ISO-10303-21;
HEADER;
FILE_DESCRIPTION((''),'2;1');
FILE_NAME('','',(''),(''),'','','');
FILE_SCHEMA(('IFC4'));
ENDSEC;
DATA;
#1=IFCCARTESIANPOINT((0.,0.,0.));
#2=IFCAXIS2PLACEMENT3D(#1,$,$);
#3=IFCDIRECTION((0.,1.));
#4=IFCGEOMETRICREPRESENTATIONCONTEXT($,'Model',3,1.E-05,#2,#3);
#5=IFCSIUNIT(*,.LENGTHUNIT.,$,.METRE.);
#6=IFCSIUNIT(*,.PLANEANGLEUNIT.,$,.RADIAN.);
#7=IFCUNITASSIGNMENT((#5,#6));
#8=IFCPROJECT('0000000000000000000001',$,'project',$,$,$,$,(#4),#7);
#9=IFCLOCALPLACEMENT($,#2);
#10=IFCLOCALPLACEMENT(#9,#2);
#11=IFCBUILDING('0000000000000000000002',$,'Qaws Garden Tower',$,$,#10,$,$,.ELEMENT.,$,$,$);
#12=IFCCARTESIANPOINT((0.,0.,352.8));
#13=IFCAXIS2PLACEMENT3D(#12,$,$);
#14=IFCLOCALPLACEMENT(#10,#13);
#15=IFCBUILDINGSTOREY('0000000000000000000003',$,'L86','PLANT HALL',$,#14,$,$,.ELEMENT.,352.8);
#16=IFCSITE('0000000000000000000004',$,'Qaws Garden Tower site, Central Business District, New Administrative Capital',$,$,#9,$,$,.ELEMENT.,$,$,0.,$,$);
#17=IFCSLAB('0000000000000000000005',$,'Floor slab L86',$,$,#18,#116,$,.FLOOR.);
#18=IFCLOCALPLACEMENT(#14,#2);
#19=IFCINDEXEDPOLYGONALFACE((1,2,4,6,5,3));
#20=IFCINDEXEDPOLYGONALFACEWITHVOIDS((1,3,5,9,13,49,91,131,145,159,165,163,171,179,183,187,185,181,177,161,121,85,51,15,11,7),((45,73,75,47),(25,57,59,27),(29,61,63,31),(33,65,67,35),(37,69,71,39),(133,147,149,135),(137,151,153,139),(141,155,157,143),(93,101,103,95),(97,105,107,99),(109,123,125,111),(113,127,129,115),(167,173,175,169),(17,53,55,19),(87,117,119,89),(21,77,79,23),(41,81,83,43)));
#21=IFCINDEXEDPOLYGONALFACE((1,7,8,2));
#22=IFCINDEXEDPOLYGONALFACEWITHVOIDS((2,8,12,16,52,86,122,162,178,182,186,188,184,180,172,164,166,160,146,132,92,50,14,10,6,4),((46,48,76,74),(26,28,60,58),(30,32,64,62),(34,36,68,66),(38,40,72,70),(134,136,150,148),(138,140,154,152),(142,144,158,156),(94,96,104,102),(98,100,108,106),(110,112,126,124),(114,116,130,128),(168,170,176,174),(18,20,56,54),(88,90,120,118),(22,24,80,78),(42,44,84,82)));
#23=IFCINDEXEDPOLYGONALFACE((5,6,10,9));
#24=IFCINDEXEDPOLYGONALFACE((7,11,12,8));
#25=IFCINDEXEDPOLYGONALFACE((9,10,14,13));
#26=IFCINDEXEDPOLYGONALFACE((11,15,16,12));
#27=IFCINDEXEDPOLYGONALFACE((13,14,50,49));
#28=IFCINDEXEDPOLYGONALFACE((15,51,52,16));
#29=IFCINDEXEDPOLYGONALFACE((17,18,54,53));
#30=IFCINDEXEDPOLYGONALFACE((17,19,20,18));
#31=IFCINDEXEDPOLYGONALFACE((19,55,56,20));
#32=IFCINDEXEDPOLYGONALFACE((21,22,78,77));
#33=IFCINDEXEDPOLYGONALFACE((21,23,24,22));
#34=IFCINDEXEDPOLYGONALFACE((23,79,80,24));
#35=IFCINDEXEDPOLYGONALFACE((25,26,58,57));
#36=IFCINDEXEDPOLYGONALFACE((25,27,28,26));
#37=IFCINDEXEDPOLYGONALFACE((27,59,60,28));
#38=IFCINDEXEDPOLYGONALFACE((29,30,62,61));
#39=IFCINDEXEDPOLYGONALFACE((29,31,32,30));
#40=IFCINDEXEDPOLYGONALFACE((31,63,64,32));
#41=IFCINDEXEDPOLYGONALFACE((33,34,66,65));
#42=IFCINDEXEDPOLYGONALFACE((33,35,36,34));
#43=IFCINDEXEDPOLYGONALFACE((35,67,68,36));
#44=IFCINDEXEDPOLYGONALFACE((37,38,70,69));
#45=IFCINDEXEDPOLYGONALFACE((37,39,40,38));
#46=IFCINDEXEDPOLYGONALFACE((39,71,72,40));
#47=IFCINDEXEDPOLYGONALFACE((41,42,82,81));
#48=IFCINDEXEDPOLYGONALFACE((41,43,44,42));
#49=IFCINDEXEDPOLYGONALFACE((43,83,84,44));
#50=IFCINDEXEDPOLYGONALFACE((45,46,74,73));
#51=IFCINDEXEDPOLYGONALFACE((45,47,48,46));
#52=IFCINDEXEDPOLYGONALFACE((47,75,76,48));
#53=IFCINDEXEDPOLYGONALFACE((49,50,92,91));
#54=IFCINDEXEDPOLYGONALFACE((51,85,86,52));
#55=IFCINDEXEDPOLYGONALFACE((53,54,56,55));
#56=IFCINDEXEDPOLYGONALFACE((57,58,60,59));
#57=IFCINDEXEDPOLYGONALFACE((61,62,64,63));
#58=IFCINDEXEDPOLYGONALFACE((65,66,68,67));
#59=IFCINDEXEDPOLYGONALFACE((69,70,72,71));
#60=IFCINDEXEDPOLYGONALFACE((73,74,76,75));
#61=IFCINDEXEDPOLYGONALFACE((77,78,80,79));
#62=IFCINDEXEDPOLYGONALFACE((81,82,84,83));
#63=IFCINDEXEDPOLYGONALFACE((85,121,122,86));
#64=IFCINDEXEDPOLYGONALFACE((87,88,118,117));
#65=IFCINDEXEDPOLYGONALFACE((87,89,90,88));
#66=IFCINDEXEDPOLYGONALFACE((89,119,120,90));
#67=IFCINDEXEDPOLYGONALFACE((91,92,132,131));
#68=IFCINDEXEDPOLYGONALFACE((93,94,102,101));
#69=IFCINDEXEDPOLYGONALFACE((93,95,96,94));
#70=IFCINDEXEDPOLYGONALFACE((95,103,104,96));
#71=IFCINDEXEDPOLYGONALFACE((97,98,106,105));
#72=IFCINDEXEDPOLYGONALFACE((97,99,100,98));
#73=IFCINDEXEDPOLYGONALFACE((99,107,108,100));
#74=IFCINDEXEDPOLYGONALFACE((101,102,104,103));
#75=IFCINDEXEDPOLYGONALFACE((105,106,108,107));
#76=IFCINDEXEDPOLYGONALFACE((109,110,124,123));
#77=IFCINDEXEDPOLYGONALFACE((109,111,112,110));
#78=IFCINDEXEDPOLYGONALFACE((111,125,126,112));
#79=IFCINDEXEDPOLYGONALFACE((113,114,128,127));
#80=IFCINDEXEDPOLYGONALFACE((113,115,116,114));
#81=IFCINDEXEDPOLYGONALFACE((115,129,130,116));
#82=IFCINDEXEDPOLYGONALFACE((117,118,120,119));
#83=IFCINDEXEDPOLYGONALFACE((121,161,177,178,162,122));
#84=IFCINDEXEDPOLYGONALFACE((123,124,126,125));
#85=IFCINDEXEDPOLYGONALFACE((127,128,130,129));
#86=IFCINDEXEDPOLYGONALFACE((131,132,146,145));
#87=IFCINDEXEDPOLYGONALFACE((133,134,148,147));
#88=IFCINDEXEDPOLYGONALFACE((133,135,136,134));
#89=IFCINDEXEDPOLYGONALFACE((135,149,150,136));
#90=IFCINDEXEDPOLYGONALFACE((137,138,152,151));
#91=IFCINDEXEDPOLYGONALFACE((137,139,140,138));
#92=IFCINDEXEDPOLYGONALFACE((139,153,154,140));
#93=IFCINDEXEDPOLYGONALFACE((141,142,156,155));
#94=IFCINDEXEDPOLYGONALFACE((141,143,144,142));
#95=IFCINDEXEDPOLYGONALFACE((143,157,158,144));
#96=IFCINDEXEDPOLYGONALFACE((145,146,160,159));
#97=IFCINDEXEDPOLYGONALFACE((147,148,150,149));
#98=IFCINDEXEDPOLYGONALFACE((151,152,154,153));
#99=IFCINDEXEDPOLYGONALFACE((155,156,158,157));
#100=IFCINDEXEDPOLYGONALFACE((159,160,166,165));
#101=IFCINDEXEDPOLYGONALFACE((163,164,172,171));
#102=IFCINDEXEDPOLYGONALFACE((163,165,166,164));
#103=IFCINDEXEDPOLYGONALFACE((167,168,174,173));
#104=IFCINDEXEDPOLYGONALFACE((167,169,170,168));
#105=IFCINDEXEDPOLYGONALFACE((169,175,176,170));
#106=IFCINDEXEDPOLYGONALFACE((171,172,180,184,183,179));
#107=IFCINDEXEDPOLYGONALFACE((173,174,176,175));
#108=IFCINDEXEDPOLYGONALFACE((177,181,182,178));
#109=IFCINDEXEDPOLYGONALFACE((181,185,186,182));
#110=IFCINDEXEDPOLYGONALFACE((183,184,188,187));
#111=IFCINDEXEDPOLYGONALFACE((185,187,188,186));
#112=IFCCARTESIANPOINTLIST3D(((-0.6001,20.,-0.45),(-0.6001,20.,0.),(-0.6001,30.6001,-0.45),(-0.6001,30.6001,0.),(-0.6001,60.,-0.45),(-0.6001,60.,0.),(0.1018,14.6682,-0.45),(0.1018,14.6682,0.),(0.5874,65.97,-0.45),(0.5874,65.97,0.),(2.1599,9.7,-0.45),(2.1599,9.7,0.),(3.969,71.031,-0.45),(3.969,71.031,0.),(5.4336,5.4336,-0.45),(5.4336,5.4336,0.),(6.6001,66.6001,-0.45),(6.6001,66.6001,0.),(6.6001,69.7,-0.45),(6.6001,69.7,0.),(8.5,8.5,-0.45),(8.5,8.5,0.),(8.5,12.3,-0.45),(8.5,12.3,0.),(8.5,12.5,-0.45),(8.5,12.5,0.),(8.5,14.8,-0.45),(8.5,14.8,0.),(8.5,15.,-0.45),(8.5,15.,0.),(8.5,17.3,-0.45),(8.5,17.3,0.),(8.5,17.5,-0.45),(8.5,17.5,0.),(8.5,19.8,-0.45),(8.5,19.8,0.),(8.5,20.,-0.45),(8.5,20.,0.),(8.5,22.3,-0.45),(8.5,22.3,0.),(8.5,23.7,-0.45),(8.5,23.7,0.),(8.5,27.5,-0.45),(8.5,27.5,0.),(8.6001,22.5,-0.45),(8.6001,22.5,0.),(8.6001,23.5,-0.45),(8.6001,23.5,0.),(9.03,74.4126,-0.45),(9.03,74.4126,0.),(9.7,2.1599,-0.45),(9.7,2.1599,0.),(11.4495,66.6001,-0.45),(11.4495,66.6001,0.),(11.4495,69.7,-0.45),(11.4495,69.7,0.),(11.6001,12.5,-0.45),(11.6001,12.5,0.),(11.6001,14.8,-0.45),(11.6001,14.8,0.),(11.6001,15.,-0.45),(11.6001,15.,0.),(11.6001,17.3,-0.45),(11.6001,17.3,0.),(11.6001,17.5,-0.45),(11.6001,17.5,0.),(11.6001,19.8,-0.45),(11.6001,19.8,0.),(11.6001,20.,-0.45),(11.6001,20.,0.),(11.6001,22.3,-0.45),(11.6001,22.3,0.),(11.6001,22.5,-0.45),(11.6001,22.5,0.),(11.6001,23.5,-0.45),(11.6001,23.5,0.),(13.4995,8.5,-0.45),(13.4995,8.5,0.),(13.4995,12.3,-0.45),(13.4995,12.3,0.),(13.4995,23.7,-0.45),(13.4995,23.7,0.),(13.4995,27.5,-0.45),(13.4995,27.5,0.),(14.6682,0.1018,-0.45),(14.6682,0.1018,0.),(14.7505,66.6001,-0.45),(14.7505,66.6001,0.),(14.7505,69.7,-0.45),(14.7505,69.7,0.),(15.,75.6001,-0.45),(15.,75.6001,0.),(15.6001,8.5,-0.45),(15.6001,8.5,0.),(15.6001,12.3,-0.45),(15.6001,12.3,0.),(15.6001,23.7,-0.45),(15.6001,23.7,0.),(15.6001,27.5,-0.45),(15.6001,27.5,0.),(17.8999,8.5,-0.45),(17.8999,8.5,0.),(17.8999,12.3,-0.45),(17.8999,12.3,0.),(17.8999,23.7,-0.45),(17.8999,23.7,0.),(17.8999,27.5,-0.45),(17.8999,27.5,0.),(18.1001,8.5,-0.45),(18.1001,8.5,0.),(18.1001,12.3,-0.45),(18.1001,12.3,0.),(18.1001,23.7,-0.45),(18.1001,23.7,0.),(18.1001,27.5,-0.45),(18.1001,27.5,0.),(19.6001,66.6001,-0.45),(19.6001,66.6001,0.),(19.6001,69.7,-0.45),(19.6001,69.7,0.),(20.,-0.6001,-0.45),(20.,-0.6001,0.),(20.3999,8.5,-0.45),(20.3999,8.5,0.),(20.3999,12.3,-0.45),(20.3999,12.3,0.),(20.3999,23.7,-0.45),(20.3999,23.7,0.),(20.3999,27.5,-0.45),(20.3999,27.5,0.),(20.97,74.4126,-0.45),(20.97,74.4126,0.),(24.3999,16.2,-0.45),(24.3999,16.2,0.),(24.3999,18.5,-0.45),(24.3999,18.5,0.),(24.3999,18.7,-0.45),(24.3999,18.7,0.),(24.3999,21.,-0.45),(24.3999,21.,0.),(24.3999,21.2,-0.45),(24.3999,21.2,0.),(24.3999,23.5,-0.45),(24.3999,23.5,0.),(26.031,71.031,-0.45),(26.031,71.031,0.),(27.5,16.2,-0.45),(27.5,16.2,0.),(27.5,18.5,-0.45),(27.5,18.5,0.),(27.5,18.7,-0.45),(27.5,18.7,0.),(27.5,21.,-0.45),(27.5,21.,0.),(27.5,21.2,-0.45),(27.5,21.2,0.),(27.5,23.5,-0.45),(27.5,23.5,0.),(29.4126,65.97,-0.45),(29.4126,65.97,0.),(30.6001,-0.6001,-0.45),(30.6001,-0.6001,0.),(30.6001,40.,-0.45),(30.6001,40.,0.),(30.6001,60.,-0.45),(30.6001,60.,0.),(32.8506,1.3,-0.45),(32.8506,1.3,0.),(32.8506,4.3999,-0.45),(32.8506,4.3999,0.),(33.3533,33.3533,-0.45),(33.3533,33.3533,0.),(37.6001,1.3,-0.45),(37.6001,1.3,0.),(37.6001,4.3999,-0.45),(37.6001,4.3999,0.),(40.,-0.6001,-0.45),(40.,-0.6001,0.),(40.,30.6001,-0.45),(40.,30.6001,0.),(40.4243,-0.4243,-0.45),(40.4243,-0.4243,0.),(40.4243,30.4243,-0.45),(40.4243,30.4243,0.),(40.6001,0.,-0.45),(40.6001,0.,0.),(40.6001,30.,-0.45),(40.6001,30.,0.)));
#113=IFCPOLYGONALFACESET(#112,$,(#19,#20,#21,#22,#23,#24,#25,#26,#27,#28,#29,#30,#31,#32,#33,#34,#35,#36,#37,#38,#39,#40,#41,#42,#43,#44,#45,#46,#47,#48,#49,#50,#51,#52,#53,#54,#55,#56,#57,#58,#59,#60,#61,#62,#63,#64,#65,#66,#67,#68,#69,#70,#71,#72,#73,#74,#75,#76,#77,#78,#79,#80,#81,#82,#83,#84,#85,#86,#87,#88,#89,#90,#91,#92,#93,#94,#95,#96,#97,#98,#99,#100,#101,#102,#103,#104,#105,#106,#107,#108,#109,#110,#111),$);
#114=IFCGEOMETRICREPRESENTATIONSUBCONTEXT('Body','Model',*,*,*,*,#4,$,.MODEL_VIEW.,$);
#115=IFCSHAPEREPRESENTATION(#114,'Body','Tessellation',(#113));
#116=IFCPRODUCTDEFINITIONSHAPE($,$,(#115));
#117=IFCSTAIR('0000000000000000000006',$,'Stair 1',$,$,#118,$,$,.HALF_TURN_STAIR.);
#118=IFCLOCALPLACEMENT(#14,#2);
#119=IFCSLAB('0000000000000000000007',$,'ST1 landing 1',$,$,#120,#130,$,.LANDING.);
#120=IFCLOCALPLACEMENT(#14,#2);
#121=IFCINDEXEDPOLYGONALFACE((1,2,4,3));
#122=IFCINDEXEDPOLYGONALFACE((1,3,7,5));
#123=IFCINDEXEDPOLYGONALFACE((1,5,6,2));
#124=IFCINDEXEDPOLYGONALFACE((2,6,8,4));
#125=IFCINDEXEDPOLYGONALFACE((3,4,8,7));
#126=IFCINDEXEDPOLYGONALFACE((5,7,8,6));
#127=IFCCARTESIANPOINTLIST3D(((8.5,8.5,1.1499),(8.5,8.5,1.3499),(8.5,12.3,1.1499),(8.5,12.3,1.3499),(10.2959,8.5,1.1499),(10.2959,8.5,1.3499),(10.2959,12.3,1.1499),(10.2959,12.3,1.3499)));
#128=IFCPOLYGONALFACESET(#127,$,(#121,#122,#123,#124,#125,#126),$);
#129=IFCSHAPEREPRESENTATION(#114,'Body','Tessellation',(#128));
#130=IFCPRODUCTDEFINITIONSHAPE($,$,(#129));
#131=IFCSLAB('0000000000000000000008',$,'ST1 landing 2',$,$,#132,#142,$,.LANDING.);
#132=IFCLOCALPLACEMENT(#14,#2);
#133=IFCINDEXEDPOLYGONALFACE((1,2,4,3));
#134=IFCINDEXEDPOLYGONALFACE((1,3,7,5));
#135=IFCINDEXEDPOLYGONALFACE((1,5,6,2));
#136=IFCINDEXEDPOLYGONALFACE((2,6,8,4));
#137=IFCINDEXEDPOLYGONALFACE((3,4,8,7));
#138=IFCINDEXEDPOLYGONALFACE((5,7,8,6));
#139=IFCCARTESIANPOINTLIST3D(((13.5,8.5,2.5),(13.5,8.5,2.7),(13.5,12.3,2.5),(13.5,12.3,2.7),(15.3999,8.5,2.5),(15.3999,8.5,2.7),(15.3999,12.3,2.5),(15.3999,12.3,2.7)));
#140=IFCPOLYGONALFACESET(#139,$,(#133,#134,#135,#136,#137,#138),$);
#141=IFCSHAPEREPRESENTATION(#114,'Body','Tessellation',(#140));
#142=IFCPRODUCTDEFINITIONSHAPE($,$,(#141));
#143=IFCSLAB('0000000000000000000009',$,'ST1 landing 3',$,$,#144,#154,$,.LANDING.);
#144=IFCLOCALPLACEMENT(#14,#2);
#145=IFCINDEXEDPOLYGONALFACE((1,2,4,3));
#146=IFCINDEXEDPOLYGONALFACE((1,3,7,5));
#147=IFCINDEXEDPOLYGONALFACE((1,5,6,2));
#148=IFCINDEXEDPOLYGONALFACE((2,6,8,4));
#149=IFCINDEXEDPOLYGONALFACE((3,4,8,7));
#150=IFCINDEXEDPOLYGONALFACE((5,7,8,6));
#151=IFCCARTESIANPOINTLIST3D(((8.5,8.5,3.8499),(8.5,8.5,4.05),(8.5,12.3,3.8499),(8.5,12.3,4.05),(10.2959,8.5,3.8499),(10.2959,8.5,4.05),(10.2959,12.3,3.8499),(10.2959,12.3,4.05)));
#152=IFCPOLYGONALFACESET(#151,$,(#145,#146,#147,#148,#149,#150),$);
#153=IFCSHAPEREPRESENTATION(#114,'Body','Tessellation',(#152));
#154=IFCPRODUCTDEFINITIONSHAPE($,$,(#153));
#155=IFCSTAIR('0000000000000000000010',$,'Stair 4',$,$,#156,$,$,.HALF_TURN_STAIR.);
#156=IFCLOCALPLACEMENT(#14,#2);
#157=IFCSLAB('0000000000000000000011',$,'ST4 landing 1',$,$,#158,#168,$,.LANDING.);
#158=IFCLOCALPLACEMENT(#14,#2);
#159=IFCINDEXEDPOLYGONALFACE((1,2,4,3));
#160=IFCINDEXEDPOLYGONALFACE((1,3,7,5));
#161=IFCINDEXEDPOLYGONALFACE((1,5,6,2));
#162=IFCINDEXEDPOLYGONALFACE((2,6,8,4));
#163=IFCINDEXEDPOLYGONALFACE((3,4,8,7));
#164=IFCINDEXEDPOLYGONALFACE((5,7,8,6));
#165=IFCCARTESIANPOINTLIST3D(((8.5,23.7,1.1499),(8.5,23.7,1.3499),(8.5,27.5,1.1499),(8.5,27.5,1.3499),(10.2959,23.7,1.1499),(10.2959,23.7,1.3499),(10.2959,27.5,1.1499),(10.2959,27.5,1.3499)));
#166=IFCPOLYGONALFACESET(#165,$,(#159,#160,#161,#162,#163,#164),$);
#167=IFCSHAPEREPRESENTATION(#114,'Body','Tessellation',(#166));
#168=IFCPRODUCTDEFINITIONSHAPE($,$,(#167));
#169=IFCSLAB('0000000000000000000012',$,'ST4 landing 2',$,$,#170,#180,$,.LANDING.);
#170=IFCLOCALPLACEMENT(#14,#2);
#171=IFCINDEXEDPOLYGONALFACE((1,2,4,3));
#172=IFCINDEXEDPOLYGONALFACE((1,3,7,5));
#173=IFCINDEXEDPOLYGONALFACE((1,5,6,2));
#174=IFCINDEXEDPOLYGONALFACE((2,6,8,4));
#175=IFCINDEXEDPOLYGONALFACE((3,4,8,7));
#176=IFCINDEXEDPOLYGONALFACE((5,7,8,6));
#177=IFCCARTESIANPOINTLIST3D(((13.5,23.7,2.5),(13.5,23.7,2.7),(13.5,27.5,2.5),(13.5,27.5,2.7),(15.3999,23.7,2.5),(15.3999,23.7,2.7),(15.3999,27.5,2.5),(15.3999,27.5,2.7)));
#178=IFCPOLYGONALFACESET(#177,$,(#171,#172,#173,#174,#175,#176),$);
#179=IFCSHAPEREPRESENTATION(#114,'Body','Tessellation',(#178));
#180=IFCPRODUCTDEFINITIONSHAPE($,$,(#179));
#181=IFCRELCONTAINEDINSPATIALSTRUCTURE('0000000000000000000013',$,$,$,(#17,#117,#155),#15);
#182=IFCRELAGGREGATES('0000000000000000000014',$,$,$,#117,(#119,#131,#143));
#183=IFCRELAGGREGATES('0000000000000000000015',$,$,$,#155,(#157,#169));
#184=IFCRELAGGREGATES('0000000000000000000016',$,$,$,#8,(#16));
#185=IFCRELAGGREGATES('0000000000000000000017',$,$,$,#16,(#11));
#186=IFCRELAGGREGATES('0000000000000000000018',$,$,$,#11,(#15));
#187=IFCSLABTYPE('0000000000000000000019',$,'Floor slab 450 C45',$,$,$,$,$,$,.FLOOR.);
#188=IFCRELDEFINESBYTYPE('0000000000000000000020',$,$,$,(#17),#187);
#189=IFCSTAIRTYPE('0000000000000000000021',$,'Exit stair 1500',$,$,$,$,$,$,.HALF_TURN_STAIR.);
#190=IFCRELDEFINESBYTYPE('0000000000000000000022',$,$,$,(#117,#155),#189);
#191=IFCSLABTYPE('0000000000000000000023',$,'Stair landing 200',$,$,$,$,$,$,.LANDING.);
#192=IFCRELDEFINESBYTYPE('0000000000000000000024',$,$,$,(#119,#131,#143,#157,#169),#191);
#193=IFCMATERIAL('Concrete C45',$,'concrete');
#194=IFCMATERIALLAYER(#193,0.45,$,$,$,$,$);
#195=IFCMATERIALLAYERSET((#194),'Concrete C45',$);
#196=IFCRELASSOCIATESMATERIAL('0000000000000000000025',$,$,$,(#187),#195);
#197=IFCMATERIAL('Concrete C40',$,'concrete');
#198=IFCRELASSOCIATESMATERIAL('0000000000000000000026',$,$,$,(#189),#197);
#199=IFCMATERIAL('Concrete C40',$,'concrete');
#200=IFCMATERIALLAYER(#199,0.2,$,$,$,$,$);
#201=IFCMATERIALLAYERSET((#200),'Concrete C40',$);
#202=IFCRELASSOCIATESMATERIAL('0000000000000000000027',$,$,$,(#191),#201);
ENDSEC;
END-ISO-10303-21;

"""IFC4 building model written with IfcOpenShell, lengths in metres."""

from ifc_helpers import new_model, si_unit, direction, frame, origin, place, context, subcontext, project, spatial, polyline, outline, extrude, material, layer, layer_set, type_object, element, aggregate, save


model = new_model("IFC4")

# Units and contexts
model_context = context("Model", 3, precision=1e-05, world=origin(), true_north=direction((0.0, 1.0)))
body_context = subcontext(model_context, "Body", "Model", "MODEL_VIEW")
ifc_project = project(units=[si_unit("LENGTHUNIT", "METRE"), si_unit("PLANEANGLEUNIT", "RADIAN")], contexts=[model_context])

# Site, building, storey
site_placement = place(None, origin())
site = spatial("IfcSite", under=ifc_project, at=site_placement, Name="Qaws Garden Tower site, Central Business District, New Administrative Capital", CompositionType="ELEMENT", RefElevation=0.0)
building_placement = place(site_placement, origin())
building = spatial("IfcBuilding", under=site, at=building_placement, Name="Qaws Garden Tower", CompositionType="ELEMENT")
storey_placement = place(building_placement, frame((0.0, 0.0, 352.8)))
storey = spatial("IfcBuildingStorey", under=building, at=storey_placement, Name="L86", Description="PLANT HALL", CompositionType="ELEMENT", Elevation=352.8)

# Slab
ifc_material_1 = material(Name="Concrete C45", Category="concrete")
ifc_layer_1 = layer(ifc_material_1, 0.45)
ifc_layer_set_1 = layer_set([ifc_layer_1], Name="Concrete C45")
slab_type_1 = type_object("IfcSlabType", Name="Floor slab 450 C45", PredefinedType="FLOOR", material=ifc_layer_set_1)
slab_1_placement = place(storey_placement, frame((0.0, 0.0, -0.45)))
element("IfcSlab", 1, at=slab_1_placement, inside=storey, type_object=slab_type_1, Name="Floor slab L86", PredefinedType="FLOOR", context=body_context, shape_type="SweptSolid", body=[
    extrude(outline(polyline([(0.1018, 14.6682), (-0.6001, 20.0), (-0.6001, 30.6001), (-0.6001, 60.0), (-0.6001, 60.0), (0.5874, 65.97), (3.969, 71.031), (9.03, 74.4126), (15.0, 75.6001), (20.97, 74.4126), (26.031, 71.031), (29.4126, 65.97), (30.6001, 60.0), (30.6001, 40.0), (33.3533, 33.3533), (40.0, 30.6001), (40.4243, 30.4243), (40.6001, 30.0), (40.6001, 0.0), (40.4243, -0.4243), (40.0, -0.6001), (30.6001, -0.6001), (20.0, -0.6001), (14.6682, 0.1018), (9.7, 2.1599), (5.4336, 5.4336), (2.1599, 9.7), (0.1018, 14.6682)]), holes=[polyline([(13.4995, 12.3), (8.5, 12.3), (8.5, 8.5), (13.4995, 8.5), (13.4995, 12.3)]), polyline([(17.8999, 12.3), (15.6001, 12.3), (15.6001, 8.5), (17.8999, 8.5), (17.8999, 12.3)]), polyline([(11.6001, 14.8), (8.5, 14.8), (8.5, 12.5), (11.6001, 12.5), (11.6001, 14.8)]), polyline([(11.6001, 17.3), (8.5, 17.3), (8.5, 15.0), (11.6001, 15.0), (11.6001, 17.3)]), polyline([(11.6001, 19.8), (8.5, 19.8), (8.5, 17.5), (11.6001, 17.5), (11.6001, 19.8)]), polyline([(11.6001, 22.3), (8.5, 22.3), (8.5, 20.0), (11.6001, 20.0), (11.6001, 22.3)]), polyline([(11.6001, 23.5), (8.6001, 23.5), (8.6001, 22.5), (11.6001, 22.5), (11.6001, 23.5)]), polyline([(13.4995, 27.5), (8.5, 27.5), (8.5, 23.7), (13.4995, 23.7), (13.4995, 27.5)]), polyline([(11.4495, 69.7), (6.6001, 69.7), (6.6001, 66.6001), (11.4495, 66.6001), (11.4495, 69.7)]), polyline([(37.6001, 4.3999), (32.8506, 4.3999), (32.8506, 1.3), (37.6001, 1.3), (37.6001, 4.3999)]), polyline([(20.3999, 12.3), (18.1001, 12.3), (18.1001, 8.5), (20.3999, 8.5), (20.3999, 12.3)]), polyline([(27.5, 18.5), (24.3999, 18.5), (24.3999, 16.2), (27.5, 16.2), (27.5, 18.5)]), polyline([(27.5, 21.0), (24.3999, 21.0), (24.3999, 18.7), (27.5, 18.7), (27.5, 21.0)]), polyline([(27.5, 23.5), (24.3999, 23.5), (24.3999, 21.2), (27.5, 21.2), (27.5, 23.5)]), polyline([(17.8999, 27.5), (15.6001, 27.5), (15.6001, 23.7), (17.8999, 23.7), (17.8999, 27.5)]), polyline([(20.3999, 23.7), (20.3999, 27.5), (18.1001, 27.5), (18.1001, 23.7), (20.3999, 23.7)]), polyline([(19.6001, 66.6001), (19.6001, 69.7), (14.7505, 69.7), (14.7505, 66.6001), (19.6001, 66.6001)])]), origin(), (0.0, 0.0, 1.0), 0.45),
])

# Stairs, slabs
ifc_material_2 = material(Name="Concrete C40", Category="concrete")
stair_type_1 = type_object("IfcStairType", Name="Exit stair 1500", PredefinedType="HALF_TURN_STAIR", material=ifc_material_2)
placement_1 = place(storey_placement, origin())
stair_1 = element("IfcStair", 2, at=placement_1, inside=storey, type_object=stair_type_1, Name="Stair 1", PredefinedType="HALF_TURN_STAIR")
ifc_material_3 = material(Name="Concrete C40", Category="concrete")
ifc_layer_2 = layer(ifc_material_3, 0.2)
ifc_layer_set_2 = layer_set([ifc_layer_2], Name="Concrete C40")
slab_type_2 = type_object("IfcSlabType", Name="Stair landing 200", PredefinedType="LANDING", material=ifc_layer_set_2)
placement_2 = place(storey_placement, frame((0.0, 0.0, 1.1499)))
slab_2 = element("IfcSlab", 3, at=placement_2, type_object=slab_type_2, Name="ST1 landing 1", PredefinedType="LANDING", context=body_context, shape_type="SweptSolid", body=[
    extrude(outline(polyline([(8.5, 8.5), (10.2959, 8.5), (10.2959, 12.3), (8.5, 12.3), (8.5, 8.5)])), origin(), (0.0, 0.0, 1.0), 0.2),
])
placement_3 = place(storey_placement, frame((0.0, 0.0, 2.5)))
slab_3 = element("IfcSlab", 4, at=placement_3, type_object=slab_type_2, Name="ST1 landing 2", PredefinedType="LANDING", context=body_context, shape_type="SweptSolid", body=[
    extrude(outline(polyline([(13.5, 8.5), (15.3999, 8.5), (15.3999, 12.3), (13.5, 12.3), (13.5, 8.5)])), origin(), (0.0, 0.0, 1.0), 0.2),
])
placement_4 = place(storey_placement, frame((0.0, 0.0, 3.8499)))
slab_4 = element("IfcSlab", 5, at=placement_4, type_object=slab_type_2, Name="ST1 landing 3", PredefinedType="LANDING", context=body_context, shape_type="SweptSolid", body=[
    extrude(outline(polyline([(8.5, 8.5), (10.2959, 8.5), (10.2959, 12.3), (8.5, 12.3), (8.5, 8.5)])), origin(), (0.0, 0.0, 1.0), 0.2002),
])
aggregate(stair_1, [slab_2, slab_3, slab_4])
stair_2 = element("IfcStair", 6, at=placement_1, inside=storey, type_object=stair_type_1, Name="Stair 4", PredefinedType="HALF_TURN_STAIR")
slab_5 = element("IfcSlab", 7, at=placement_2, type_object=slab_type_2, Name="ST4 landing 1", PredefinedType="LANDING", context=body_context, shape_type="SweptSolid", body=[
    extrude(outline(polyline([(8.5, 23.7), (10.2959, 23.7), (10.2959, 27.5), (8.5, 27.5), (8.5, 23.7)])), origin(), (0.0, 0.0, 1.0), 0.2),
])
slab_6 = element("IfcSlab", 8, at=placement_3, type_object=slab_type_2, Name="ST4 landing 2", PredefinedType="LANDING", context=body_context, shape_type="SweptSolid", body=[
    extrude(outline(polyline([(13.5, 23.7), (15.3999, 23.7), (15.3999, 27.5), (13.5, 27.5), (13.5, 23.7)])), origin(), (0.0, 0.0, 1.0), 0.2),
])
aggregate(stair_2, [slab_5, slab_6])

save(model, "model.ifc")
